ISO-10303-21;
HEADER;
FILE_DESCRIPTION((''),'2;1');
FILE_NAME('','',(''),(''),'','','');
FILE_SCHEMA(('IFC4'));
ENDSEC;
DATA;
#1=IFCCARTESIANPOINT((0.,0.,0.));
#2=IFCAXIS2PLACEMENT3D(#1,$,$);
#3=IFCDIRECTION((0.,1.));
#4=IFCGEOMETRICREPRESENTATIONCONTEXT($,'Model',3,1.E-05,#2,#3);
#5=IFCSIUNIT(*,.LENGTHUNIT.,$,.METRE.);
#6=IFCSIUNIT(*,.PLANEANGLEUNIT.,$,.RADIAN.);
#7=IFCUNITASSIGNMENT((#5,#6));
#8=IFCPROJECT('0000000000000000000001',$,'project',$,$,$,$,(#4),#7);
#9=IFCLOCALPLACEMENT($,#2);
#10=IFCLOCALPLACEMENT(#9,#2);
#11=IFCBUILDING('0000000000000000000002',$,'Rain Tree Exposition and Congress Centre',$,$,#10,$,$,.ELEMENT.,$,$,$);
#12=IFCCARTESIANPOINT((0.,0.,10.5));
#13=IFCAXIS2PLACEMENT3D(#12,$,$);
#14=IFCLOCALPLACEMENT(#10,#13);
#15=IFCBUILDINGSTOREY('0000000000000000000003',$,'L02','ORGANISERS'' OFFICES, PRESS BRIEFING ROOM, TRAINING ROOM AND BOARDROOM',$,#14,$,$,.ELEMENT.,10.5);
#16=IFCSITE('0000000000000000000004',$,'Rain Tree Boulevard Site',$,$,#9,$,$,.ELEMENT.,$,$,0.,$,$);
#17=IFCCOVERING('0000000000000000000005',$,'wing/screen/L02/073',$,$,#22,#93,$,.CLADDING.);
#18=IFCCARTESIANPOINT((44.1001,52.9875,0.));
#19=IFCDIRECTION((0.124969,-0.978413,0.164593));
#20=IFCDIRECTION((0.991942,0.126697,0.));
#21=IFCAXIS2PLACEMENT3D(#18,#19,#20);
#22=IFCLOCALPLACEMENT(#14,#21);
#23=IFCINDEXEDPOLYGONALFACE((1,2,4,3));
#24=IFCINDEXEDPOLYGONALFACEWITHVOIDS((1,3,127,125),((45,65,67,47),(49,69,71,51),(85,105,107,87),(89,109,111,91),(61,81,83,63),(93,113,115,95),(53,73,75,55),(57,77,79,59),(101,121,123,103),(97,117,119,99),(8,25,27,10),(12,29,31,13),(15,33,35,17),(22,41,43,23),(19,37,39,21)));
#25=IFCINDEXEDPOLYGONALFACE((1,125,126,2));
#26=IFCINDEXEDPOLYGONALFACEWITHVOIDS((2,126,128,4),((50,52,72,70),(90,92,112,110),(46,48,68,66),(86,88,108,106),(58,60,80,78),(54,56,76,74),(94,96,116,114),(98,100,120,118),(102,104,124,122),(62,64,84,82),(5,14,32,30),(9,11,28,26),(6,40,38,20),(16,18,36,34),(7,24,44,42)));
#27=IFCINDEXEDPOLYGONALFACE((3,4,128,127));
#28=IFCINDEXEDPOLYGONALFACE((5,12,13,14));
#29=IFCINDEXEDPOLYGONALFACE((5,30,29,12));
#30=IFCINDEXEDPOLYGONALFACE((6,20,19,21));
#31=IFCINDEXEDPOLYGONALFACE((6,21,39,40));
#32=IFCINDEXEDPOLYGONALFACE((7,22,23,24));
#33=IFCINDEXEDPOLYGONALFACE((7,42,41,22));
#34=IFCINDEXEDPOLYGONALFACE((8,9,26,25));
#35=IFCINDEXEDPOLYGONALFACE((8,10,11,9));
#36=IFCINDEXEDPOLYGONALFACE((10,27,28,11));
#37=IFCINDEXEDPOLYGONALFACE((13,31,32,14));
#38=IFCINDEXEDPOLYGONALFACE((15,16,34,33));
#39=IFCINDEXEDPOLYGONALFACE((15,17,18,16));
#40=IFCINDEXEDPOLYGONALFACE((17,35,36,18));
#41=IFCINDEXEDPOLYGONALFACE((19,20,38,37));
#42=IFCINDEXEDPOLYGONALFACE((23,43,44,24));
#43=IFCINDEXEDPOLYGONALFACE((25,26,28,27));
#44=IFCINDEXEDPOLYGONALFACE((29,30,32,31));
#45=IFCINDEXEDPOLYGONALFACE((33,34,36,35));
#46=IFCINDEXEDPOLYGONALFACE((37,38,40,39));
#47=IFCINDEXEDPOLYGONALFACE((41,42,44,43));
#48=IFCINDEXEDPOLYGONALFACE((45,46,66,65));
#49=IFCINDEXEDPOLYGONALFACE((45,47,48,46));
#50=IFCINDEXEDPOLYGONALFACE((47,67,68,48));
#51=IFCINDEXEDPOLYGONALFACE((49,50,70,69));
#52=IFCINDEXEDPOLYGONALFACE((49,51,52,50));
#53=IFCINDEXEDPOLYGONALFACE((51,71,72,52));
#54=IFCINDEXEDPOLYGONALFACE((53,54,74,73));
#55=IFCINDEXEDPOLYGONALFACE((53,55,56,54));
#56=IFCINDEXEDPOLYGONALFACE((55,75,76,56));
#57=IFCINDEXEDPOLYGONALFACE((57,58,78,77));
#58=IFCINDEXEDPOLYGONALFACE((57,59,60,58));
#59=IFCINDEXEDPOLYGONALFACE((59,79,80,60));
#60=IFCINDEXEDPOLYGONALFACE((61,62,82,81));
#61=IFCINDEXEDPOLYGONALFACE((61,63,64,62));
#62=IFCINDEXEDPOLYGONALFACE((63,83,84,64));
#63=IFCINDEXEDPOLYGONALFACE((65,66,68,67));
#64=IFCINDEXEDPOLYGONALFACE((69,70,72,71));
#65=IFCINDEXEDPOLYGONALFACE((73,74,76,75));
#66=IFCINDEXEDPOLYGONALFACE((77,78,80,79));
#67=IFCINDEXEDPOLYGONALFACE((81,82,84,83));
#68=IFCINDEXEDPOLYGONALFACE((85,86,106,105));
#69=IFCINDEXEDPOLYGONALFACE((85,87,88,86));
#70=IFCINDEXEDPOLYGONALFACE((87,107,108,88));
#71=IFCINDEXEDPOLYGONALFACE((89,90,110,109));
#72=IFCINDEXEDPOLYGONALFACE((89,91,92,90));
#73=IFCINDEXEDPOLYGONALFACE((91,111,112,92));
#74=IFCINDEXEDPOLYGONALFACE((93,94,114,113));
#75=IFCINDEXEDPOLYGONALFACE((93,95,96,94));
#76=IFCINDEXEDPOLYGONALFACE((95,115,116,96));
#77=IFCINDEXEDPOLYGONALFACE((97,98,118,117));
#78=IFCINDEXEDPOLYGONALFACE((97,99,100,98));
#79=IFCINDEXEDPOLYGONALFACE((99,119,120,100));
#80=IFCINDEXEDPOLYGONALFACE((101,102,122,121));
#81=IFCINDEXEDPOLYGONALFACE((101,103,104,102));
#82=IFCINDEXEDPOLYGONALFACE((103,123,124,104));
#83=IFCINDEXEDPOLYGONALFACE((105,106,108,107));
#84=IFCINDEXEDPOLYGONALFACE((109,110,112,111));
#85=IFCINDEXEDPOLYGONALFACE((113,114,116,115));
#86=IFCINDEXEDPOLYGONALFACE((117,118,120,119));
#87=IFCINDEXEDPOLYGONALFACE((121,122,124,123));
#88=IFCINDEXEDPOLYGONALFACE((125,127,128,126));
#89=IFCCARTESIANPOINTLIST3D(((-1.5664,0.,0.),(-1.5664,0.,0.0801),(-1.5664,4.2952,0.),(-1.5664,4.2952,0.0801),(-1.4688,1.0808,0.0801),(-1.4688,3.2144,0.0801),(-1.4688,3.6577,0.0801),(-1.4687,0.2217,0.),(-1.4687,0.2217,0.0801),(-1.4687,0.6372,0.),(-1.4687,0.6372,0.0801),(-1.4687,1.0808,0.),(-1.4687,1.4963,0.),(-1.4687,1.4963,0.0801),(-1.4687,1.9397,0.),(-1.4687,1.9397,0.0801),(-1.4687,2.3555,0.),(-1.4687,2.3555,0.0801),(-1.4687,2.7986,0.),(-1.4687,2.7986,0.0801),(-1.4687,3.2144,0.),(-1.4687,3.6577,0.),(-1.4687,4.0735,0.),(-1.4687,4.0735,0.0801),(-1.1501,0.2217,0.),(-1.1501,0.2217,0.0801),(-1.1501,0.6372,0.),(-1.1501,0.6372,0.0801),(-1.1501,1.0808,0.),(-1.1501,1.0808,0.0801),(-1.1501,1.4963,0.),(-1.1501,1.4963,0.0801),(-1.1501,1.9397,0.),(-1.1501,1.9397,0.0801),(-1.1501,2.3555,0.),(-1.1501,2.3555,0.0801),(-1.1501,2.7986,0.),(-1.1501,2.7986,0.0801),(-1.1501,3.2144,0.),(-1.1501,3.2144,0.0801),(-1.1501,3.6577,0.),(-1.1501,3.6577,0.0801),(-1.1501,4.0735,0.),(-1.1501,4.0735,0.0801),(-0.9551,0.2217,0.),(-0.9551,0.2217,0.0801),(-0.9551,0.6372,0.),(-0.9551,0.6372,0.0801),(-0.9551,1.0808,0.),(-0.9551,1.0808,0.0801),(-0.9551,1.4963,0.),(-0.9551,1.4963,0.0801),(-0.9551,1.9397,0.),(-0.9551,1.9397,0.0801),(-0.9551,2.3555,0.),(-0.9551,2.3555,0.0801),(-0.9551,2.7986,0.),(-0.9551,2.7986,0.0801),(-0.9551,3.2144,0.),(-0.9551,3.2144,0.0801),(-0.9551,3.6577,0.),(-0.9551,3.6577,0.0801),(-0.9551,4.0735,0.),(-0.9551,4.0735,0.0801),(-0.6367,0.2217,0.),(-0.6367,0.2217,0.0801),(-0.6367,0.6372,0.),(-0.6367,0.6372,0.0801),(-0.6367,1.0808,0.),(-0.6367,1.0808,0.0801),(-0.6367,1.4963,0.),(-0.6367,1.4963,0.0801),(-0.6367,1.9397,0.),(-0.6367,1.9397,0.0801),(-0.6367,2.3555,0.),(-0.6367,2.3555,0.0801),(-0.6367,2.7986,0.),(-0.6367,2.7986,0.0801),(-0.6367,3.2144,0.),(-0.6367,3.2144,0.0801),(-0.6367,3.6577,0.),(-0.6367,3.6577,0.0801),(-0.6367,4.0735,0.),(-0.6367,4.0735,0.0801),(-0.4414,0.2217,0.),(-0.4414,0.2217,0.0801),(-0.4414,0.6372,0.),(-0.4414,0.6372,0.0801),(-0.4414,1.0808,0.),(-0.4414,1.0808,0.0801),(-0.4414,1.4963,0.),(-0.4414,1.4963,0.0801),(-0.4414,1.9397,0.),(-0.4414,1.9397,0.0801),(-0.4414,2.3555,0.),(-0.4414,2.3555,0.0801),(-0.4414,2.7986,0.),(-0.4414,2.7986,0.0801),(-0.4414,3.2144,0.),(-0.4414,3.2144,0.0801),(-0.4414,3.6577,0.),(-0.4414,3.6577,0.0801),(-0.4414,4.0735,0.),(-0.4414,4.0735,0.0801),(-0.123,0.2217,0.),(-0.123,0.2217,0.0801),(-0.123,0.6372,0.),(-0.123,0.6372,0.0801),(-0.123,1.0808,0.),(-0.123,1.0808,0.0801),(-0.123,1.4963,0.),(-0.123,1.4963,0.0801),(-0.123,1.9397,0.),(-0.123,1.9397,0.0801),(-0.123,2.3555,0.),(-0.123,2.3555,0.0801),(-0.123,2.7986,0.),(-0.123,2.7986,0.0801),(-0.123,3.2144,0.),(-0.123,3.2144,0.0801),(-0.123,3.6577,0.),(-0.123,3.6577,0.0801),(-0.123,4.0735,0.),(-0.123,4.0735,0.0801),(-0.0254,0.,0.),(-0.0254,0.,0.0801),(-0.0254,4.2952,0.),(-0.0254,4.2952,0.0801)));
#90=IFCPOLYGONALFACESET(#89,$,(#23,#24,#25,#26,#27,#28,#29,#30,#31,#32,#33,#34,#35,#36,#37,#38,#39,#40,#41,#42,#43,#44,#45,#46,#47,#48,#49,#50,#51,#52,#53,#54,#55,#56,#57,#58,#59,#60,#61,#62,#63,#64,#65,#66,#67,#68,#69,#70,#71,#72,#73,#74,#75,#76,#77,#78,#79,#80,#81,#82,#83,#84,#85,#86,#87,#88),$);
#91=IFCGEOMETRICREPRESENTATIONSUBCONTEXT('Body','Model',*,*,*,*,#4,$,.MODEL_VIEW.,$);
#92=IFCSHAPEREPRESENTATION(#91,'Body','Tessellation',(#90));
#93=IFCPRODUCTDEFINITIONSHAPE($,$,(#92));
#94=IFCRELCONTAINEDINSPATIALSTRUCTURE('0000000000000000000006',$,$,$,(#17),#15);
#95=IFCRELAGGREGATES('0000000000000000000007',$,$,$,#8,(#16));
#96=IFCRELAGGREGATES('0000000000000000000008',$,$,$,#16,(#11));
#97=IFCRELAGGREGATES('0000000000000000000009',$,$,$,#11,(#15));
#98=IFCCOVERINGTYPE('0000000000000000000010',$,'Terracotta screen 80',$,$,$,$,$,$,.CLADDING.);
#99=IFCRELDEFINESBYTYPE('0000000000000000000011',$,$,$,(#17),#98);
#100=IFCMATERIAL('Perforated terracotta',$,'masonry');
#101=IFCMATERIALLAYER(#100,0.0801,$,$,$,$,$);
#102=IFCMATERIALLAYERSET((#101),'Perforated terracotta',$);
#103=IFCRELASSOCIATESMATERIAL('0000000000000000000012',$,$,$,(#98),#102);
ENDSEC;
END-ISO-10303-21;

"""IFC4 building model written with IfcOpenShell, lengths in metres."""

from ifc_helpers import new_model, si_unit, direction, frame, origin, place, context, subcontext, project, spatial, polyline, outline, extrude, material, layer, layer_set, type_object, element, save


model = new_model("IFC4")

# Units and contexts
model_context = context("Model", 3, precision=1e-05, world=origin(), true_north=direction((0.0, 1.0)))
body_context = subcontext(model_context, "Body", "Model", "MODEL_VIEW")
ifc_project = project(units=[si_unit("LENGTHUNIT", "METRE"), si_unit("PLANEANGLEUNIT", "RADIAN")], contexts=[model_context])

# Site, building, storey
site_placement = place(None, origin())
site = spatial("IfcSite", under=ifc_project, at=site_placement, Name="Rain Tree Boulevard Site", CompositionType="ELEMENT", RefElevation=0.0)
building_placement = place(site_placement, origin())
building = spatial("IfcBuilding", under=site, at=building_placement, Name="Rain Tree Exposition and Congress Centre", CompositionType="ELEMENT")
storey_placement = place(building_placement, frame((0.0, 0.0, 10.5)))
storey = spatial("IfcBuildingStorey", under=building, at=storey_placement, Name="L02", Description="ORGANISERS' OFFICES, PRESS BRIEFING ROOM, TRAINING ROOM AND BOARDROOM", CompositionType="ELEMENT", Elevation=10.5)

# Covering
ifc_material_1 = material(Name="Perforated terracotta", Category="masonry")
ifc_layer_1 = layer(ifc_material_1, 0.0801)
ifc_layer_set_1 = layer_set([ifc_layer_1], Name="Perforated terracotta")
covering_type = type_object("IfcCoveringType", Name="Terracotta screen 80", PredefinedType="CLADDING", material=ifc_layer_set_1)
covering_placement = place(storey_placement, frame((44.1001, 52.9875, 0.0), z_axis=(0.124969, -0.978413, 0.164593), x_axis=(0.991942, 0.126697, 0.0)))
element("IfcCovering", 1, at=covering_placement, inside=storey, type_object=covering_type, Name="wing/screen/L02/073", PredefinedType="CLADDING", context=body_context, shape_type="SweptSolid", body=[
    extrude(outline(polyline([(-1.5664, 0.0), (-1.5664, 4.2952), (-0.0254, 4.2952), (-0.0254, 0.0), (-1.5664, 0.0)]), holes=[polyline([(-0.123, 0.2217), (-0.123, 0.6372), (-0.4414, 0.6372), (-0.4414, 0.2217), (-0.123, 0.2217)]), polyline([(-0.123, 1.0808), (-0.123, 1.4963), (-0.4414, 1.4963), (-0.4414, 1.0808), (-0.123, 1.0808)]), polyline([(-0.123, 1.9397), (-0.123, 2.3555), (-0.4414, 2.3555), (-0.4414, 1.9397), (-0.123, 1.9397)]), polyline([(-0.123, 2.7986), (-0.123, 3.2144), (-0.4414, 3.2144), (-0.4414, 2.7986), (-0.123, 2.7986)]), polyline([(-0.123, 3.6577), (-0.123, 4.0735), (-0.4414, 4.0735), (-0.4414, 3.6577), (-0.123, 3.6577)]), polyline([(-0.6367, 0.2217), (-0.6367, 0.6372), (-0.9551, 0.6372), (-0.9551, 0.2217), (-0.6367, 0.2217)]), polyline([(-0.6367, 1.0808), (-0.6367, 1.4963), (-0.9551, 1.4963), (-0.9551, 1.0808), (-0.6367, 1.0808)]), polyline([(-0.6367, 1.9397), (-0.6367, 2.3555), (-0.9551, 2.3555), (-0.9551, 1.9397), (-0.6367, 1.9397)]), polyline([(-0.6367, 2.7986), (-0.6367, 3.2144), (-0.9551, 3.2144), (-0.9551, 2.7986), (-0.6367, 2.7986)]), polyline([(-0.6367, 3.6577), (-0.6367, 4.0735), (-0.9551, 4.0735), (-0.9551, 3.6577), (-0.6367, 3.6577)]), polyline([(-1.1501, 0.2217), (-1.1501, 0.6372), (-1.4688, 0.6372), (-1.4688, 0.2217), (-1.1501, 0.2217)]), polyline([(-1.1501, 1.0808), (-1.1501, 1.4963), (-1.4688, 1.4963), (-1.4688, 1.0808), (-1.1501, 1.0808)]), polyline([(-1.1501, 1.9397), (-1.1501, 2.3555), (-1.4688, 2.3555), (-1.4688, 1.9397), (-1.1501, 1.9397)]), polyline([(-1.1501, 2.7986), (-1.1501, 3.2144), (-1.4688, 3.2144), (-1.4688, 2.7986), (-1.1501, 2.7986)]), polyline([(-1.1501, 3.6577), (-1.1501, 4.0735), (-1.4688, 4.0735), (-1.4688, 3.6577), (-1.1501, 3.6577)])]), origin(), (0.0, 0.0, 1.0), 0.0801),
])

save(model, "model.ifc")
